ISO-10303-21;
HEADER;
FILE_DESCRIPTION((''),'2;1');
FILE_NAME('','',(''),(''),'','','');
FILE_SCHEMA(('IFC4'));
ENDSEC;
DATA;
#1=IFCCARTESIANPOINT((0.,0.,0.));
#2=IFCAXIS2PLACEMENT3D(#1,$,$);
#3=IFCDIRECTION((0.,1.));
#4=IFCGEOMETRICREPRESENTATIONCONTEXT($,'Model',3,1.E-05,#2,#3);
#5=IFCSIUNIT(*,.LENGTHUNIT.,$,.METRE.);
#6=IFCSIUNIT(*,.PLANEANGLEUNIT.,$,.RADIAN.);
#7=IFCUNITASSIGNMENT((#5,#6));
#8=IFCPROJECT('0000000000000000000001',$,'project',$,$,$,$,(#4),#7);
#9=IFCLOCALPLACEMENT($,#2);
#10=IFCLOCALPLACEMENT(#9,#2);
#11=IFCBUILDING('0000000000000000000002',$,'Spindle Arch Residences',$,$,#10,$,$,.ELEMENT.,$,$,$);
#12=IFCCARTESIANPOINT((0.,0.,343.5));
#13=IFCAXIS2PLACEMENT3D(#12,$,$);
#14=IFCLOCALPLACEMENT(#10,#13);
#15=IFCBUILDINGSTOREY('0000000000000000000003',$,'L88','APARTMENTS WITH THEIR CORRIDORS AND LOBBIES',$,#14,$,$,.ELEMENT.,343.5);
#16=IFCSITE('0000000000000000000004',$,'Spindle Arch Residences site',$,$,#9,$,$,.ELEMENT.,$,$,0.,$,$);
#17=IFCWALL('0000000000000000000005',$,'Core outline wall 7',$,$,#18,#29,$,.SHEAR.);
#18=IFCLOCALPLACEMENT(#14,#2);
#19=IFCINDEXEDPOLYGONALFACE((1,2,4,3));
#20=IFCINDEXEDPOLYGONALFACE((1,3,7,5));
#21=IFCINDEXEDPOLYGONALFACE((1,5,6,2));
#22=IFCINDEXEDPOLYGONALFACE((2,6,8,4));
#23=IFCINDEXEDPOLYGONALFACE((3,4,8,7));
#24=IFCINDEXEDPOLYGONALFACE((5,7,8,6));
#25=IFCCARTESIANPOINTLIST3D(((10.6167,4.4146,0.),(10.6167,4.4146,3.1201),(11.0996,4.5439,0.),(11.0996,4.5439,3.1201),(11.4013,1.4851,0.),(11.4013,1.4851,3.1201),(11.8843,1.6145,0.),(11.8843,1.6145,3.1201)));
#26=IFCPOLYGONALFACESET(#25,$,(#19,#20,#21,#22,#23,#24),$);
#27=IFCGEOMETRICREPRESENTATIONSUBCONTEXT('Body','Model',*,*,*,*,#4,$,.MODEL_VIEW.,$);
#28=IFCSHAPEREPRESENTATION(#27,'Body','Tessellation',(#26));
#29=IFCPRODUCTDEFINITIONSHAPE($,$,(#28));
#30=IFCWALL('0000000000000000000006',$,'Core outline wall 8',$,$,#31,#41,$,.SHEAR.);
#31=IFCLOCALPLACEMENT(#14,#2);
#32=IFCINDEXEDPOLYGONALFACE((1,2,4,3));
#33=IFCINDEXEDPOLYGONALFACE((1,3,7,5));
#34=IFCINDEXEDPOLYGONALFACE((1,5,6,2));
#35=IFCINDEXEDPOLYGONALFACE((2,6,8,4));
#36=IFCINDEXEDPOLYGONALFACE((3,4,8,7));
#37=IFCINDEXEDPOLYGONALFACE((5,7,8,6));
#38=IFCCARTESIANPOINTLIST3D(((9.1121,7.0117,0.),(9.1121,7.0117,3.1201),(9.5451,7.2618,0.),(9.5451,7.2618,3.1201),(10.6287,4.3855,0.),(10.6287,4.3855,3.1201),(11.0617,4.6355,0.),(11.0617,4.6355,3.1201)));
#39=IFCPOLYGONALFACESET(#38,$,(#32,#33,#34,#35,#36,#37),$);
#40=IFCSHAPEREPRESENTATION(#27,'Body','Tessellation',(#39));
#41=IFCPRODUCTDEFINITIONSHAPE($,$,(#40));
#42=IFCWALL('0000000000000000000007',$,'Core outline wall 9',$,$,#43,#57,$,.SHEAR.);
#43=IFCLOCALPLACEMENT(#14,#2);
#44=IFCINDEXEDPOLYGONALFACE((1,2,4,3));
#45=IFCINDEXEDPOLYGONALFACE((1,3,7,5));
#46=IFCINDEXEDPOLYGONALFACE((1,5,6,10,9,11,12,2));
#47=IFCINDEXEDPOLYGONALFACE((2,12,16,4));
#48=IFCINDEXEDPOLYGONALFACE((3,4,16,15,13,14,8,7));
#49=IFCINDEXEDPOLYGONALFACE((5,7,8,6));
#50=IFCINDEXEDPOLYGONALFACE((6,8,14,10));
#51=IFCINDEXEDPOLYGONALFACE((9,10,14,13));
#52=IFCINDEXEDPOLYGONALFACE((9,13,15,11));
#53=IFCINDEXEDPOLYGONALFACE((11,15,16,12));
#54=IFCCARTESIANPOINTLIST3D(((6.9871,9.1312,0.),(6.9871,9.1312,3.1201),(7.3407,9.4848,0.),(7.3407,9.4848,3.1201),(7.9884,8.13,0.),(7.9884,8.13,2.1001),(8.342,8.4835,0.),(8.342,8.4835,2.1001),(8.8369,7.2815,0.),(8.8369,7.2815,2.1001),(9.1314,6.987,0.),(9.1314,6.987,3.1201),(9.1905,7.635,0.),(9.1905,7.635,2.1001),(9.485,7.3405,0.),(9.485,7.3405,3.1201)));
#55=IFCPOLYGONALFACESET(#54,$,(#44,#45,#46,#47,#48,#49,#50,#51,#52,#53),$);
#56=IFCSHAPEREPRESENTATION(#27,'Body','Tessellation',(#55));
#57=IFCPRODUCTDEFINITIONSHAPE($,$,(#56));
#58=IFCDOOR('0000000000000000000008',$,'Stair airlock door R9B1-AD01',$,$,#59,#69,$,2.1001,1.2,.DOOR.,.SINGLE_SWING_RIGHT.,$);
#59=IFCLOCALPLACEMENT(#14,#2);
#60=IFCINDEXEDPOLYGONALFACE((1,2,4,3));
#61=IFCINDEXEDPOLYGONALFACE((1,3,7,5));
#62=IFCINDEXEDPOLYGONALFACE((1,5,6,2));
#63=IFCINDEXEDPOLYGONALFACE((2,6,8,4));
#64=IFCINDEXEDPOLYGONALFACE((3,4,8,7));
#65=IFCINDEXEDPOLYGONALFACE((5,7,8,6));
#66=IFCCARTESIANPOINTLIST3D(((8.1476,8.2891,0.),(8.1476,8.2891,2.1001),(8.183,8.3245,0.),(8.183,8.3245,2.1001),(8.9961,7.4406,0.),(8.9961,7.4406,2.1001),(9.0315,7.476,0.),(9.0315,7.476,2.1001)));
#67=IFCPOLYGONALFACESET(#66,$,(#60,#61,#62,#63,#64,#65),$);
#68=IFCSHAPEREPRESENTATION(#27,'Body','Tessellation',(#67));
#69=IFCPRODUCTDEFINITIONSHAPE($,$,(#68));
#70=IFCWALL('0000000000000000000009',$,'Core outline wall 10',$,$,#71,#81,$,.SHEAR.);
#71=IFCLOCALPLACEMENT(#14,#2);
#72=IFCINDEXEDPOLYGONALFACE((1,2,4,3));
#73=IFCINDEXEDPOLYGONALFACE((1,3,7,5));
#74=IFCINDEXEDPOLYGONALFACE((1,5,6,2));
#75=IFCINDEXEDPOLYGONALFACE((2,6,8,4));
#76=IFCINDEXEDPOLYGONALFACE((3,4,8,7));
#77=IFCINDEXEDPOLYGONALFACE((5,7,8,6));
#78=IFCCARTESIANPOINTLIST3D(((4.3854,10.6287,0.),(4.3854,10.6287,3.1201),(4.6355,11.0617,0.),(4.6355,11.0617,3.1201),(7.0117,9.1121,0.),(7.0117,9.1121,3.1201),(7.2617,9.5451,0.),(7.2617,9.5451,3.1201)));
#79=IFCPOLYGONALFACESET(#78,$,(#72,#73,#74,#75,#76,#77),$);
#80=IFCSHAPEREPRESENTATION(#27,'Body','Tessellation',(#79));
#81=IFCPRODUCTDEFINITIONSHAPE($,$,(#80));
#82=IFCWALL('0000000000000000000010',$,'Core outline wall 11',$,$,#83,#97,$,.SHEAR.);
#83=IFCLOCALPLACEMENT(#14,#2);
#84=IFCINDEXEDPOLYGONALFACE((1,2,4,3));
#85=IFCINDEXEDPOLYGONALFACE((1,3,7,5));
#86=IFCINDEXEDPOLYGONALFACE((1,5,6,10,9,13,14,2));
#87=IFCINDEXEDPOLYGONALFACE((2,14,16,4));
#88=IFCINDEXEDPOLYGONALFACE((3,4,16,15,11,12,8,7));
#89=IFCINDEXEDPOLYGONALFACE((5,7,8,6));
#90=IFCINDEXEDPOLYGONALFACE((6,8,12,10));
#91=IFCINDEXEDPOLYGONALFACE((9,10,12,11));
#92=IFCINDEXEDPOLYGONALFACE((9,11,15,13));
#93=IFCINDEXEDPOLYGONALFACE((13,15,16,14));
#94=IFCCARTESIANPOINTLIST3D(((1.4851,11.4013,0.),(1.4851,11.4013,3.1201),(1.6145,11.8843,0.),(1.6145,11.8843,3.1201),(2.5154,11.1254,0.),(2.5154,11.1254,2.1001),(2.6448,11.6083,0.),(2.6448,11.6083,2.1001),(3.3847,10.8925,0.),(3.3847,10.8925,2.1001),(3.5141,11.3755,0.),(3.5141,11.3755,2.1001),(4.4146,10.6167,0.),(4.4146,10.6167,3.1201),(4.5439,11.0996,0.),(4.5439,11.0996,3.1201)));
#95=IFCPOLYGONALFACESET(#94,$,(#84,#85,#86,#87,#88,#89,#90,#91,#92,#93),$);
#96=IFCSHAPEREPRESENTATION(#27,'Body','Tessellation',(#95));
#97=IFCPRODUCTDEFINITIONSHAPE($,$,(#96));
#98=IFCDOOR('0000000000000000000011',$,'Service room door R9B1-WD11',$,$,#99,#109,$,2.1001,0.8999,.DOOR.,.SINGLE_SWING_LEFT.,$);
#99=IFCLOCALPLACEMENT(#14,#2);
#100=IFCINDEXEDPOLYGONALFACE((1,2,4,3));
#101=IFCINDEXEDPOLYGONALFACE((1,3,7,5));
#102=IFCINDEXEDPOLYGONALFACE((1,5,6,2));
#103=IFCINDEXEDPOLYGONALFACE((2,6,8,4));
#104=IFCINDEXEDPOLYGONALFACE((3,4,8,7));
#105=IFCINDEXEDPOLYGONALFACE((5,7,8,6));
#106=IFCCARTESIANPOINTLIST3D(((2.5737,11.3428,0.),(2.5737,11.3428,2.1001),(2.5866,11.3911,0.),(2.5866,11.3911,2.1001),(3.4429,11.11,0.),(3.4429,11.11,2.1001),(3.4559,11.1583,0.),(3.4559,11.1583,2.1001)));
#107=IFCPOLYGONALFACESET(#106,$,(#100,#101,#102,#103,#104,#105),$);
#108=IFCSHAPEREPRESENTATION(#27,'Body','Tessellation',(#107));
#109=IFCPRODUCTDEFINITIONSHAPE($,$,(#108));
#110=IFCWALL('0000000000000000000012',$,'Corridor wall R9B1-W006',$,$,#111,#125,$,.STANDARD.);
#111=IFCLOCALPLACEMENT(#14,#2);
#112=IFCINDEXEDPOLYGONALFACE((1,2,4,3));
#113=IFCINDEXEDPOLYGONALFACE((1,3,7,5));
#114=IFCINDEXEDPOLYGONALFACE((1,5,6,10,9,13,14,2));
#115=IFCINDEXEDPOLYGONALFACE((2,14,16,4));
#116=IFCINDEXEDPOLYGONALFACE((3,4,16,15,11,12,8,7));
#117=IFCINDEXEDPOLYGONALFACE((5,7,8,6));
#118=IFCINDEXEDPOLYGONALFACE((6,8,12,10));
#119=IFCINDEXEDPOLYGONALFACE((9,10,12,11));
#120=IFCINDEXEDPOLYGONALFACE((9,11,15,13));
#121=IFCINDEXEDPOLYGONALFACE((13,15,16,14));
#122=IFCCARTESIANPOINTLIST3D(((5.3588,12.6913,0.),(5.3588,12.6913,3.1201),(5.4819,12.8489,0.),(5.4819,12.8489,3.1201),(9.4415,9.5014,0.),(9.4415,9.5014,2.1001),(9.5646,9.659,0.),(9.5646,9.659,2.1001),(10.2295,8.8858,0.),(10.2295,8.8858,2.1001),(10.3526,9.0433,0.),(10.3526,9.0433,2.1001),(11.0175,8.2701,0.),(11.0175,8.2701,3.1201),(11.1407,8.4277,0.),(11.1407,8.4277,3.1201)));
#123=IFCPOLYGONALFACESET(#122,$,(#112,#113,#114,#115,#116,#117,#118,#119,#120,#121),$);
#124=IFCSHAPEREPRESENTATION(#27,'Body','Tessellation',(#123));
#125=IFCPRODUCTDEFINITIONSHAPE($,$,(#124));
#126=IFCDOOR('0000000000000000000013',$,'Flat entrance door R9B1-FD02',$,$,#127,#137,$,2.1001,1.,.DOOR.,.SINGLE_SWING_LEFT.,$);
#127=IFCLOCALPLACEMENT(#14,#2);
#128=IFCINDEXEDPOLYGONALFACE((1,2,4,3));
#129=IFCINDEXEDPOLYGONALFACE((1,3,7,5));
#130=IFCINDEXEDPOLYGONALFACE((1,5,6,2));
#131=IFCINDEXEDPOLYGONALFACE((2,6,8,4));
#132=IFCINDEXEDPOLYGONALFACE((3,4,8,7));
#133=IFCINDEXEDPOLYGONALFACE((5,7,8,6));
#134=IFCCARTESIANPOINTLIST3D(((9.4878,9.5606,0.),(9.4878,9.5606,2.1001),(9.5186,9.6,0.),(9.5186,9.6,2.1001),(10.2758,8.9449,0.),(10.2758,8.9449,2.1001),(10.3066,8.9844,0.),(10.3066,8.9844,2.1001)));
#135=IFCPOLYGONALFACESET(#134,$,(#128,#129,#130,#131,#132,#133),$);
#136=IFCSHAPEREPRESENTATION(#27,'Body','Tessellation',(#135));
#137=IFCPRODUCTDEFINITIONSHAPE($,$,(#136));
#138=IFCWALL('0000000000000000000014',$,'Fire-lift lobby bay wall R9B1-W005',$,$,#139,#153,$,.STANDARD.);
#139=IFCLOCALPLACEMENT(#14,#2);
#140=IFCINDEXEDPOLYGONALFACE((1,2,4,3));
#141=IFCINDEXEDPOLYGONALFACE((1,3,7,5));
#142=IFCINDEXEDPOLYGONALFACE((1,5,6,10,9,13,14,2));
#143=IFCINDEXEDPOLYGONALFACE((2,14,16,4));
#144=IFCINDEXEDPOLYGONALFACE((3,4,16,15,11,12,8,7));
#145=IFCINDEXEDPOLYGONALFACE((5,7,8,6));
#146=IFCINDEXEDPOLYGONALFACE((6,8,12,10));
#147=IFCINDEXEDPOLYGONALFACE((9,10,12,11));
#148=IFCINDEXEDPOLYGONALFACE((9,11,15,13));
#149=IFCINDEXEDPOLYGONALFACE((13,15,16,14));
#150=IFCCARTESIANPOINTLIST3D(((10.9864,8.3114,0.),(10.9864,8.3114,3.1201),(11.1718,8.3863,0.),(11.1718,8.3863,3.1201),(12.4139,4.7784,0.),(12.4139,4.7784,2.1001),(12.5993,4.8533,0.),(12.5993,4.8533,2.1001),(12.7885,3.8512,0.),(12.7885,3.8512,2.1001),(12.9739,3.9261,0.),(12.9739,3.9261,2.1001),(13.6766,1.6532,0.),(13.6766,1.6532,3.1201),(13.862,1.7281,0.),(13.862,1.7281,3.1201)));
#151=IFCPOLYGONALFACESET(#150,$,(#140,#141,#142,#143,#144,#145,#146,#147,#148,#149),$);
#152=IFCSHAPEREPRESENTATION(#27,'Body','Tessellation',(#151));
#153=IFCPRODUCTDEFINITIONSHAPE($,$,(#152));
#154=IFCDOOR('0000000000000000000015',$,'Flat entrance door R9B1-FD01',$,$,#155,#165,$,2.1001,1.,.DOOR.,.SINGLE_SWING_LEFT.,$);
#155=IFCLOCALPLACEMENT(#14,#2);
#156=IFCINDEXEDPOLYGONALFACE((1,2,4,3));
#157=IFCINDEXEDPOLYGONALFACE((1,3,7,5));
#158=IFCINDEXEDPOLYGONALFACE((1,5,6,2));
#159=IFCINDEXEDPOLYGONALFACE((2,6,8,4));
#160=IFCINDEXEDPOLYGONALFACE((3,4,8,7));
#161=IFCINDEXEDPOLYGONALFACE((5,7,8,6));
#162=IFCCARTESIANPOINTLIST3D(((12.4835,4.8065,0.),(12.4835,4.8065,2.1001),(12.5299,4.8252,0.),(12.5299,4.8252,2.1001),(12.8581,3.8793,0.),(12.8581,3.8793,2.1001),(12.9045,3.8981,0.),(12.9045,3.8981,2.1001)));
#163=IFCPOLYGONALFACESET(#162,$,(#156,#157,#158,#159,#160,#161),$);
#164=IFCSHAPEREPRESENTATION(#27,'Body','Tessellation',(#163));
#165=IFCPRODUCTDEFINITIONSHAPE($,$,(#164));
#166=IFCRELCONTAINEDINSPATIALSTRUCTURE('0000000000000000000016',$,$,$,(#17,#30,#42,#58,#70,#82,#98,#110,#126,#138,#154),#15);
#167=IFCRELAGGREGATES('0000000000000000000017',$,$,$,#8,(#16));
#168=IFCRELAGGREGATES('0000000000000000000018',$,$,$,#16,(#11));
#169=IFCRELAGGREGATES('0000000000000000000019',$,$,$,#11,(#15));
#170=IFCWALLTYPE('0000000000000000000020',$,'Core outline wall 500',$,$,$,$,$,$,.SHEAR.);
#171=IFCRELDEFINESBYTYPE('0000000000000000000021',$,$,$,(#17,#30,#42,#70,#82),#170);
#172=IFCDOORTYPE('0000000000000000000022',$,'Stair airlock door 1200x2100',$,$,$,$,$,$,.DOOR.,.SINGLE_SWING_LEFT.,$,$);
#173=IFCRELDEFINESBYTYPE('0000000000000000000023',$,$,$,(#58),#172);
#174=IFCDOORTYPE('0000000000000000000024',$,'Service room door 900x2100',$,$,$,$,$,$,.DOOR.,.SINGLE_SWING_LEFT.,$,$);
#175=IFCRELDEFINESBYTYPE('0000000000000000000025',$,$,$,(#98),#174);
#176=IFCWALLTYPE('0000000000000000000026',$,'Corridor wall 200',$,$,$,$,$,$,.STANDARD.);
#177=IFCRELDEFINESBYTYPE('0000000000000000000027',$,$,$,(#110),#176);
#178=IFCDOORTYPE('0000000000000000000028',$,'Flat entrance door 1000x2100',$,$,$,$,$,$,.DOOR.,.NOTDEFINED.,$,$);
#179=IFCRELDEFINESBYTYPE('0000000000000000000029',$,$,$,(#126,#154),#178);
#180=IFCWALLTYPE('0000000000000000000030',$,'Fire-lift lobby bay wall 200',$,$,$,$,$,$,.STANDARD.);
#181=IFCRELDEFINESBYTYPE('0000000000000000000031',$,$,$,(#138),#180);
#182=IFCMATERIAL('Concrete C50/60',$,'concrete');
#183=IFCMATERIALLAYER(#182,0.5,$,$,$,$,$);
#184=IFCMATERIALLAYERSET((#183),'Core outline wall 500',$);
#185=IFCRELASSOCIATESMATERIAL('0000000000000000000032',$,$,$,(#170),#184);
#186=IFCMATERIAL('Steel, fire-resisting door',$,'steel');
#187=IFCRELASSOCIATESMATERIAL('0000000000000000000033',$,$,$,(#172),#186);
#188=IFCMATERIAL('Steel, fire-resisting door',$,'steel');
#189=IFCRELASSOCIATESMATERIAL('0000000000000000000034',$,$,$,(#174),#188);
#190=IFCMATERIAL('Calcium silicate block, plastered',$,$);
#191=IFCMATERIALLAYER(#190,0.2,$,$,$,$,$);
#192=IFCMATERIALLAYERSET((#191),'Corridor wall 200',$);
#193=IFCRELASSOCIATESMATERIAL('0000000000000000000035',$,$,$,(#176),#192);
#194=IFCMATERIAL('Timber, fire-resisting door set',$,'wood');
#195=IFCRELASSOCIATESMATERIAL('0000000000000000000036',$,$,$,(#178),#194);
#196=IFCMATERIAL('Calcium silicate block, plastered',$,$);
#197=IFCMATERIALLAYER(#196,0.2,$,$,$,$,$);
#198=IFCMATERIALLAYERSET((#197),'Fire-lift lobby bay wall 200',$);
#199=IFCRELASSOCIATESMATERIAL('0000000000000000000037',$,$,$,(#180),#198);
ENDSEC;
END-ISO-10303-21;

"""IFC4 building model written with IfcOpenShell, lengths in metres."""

from ifc_helpers import new_model, si_unit, direction, frame, frame_2d, origin, place, context, subcontext, project, spatial, rectangle, extrude, material, layer, layer_set, type_object, element, fill, save


model = new_model("IFC4")

# Units and contexts
model_context = context("Model", 3, precision=1e-05, world=origin(), true_north=direction((0.0, 1.0)))
body_context = subcontext(model_context, "Body", "Model", "MODEL_VIEW")
ifc_project = project(units=[si_unit("LENGTHUNIT", "METRE"), si_unit("PLANEANGLEUNIT", "RADIAN")], contexts=[model_context])

# Site, building, storey
site_placement = place(None, origin())
site = spatial("IfcSite", under=ifc_project, at=site_placement, Name="Spindle Arch Residences site", CompositionType="ELEMENT", RefElevation=0.0)
building_placement = place(site_placement, origin())
building = spatial("IfcBuilding", under=site, at=building_placement, Name="Spindle Arch Residences", CompositionType="ELEMENT")
storey_placement = place(building_placement, frame((0.0, 0.0, 343.5)))
storey = spatial("IfcBuildingStorey", under=building, at=storey_placement, Name="L88", Description="APARTMENTS WITH THEIR CORRIDORS AND LOBBIES", CompositionType="ELEMENT", Elevation=343.5)

# Walls
ifc_material_1 = material(Name="Concrete C50/60", Category="concrete")
ifc_layer_1 = layer(ifc_material_1, 0.5)
ifc_layer_set_1 = layer_set([ifc_layer_1], Name="Core outline wall 500")
wall_type_1 = type_object("IfcWallType", Name="Core outline wall 500", PredefinedType="SHEAR", material=ifc_layer_set_1)
for number, where, z_axis, x_axis, name in (
    (1, (11.6428, 1.5498, 0.0), (0.0, 0.0, 1.0), (-0.258735, 0.965948, 0.0), "Core outline wall 7"),
    (2, (10.8452, 4.5105, 0.0), (0.0, 0.0, 1.0), (-0.500087, 0.865975, 0.0), "Core outline wall 8"),
):
    element("IfcWall", number, at=place(storey_placement, frame(where, z_axis=z_axis, x_axis=x_axis)), inside=storey, type_object=wall_type_1, Name=name, PredefinedType="SHEAR", context=body_context, shape_type="SweptSolid", body=[
        extrude(rectangle(XDim=3.0327, YDim=0.5, at=frame_2d((1.5164, 0.0))), origin(), (0.0, 0.0, 1.0), 3.1201),
    ])

# Wall, opening, door
wall_1_placement = place(storey_placement, frame((9.3081, 7.1638, 0.0), z_axis=(0.0, 0.0, 1.0), x_axis=(-0.707107, 0.707107, 0.0)))
wall_1 = element("IfcWall", 3, at=wall_1_placement, inside=storey, type_object=wall_type_1, Name="Core outline wall 9", PredefinedType="SHEAR", context=body_context, shape_type="SweptSolid", body=[
    extrude(rectangle(XDim=3.0325, YDim=0.5, at=frame_2d((1.5161, 0.0))), origin(), (0.0, 0.0, 1.0), 3.1201),
])
opening_1_placement = place(wall_1_placement, frame((0.4163, 0.0, 0.0)))
opening_1 = element("IfcOpeningElement", 4, at=opening_1_placement, cuts=wall_1, PredefinedType="OPENING", context=body_context, shape_type="SweptSolid", body=[
    extrude(rectangle(XDim=1.2, YDim=2.1001, at=frame_2d((0.6001, 1.05))), frame((0.0, 0.26, 0.0), z_axis=(0.0, -1.0, 0.0), x_axis=(1.0, 0.0, 0.0)), (0.0, 0.0, 1.0), 0.52),
])
ifc_material_2 = material(Name="Steel, fire-resisting door", Category="steel")
door_type_1 = type_object("IfcDoorType", Name="Stair airlock door 1200x2100", OperationType="SINGLE_SWING_LEFT", PredefinedType="DOOR", material=ifc_material_2)
door_1_placement = place(opening_1_placement, origin())
door_1 = element("IfcDoor", 5, at=door_1_placement, inside=storey, type_object=door_type_1, Name="Stair airlock door R9B1-AD01", OperationType="SINGLE_SWING_RIGHT", OverallHeight=2.1001, OverallWidth=1.2, PredefinedType="DOOR", context=body_context, shape_type="SweptSolid", body=[
    extrude(rectangle(XDim=1.2, YDim=2.1001, at=frame_2d((0.6001, 1.05))), frame((0.0, 0.0249, 0.0), z_axis=(0.0, -1.0, 0.0), x_axis=(1.0, 0.0, 0.0)), (0.0, 0.0, 1.0), 0.05),
])
fill(opening_1, door_1)

# Wall
wall_2_placement = place(storey_placement, frame((7.1367, 9.3286, 0.0), z_axis=(0.0, 0.0, 1.0), x_axis=(-0.865975, 0.500087, 0.0)))
element("IfcWall", 6, at=wall_2_placement, inside=storey, type_object=wall_type_1, Name="Core outline wall 10", PredefinedType="SHEAR", context=body_context, shape_type="SweptSolid", body=[
    extrude(rectangle(XDim=3.0327, YDim=0.5, at=frame_2d((1.5164, 0.0))), origin(), (0.0, 0.0, 1.0), 3.1201),
])

# Walls, openings, doors
wall_3_placement = place(storey_placement, frame((4.4792, 10.8582, 0.0), z_axis=(0.0, 0.0, 1.0), x_axis=(-0.965948, 0.258735, 0.0)))
wall_3 = element("IfcWall", 7, at=wall_3_placement, inside=storey, type_object=wall_type_1, Name="Core outline wall 11", PredefinedType="SHEAR", context=body_context, shape_type="SweptSolid", body=[
    extrude(rectangle(XDim=3.0327, YDim=0.5, at=frame_2d((1.5164, 0.0))), origin(), (0.0, 0.0, 1.0), 3.1201),
])
opening_2_placement = place(wall_3_placement, frame((1.0662, 0.0, 0.0)))
opening_2 = element("IfcOpeningElement", 8, at=opening_2_placement, cuts=wall_3, PredefinedType="OPENING", context=body_context, shape_type="SweptSolid", body=[
    extrude(rectangle(XDim=0.8999, YDim=2.1001, at=frame_2d((0.45, 1.05))), frame((0.0, 0.26, 0.0), z_axis=(0.0, -1.0, 0.0), x_axis=(1.0, 0.0, 0.0)), (0.0, 0.0, 1.0), 0.52),
])
ifc_material_3 = material(Name="Steel, fire-resisting door", Category="steel")
door_type_2 = type_object("IfcDoorType", Name="Service room door 900x2100", OperationType="SINGLE_SWING_LEFT", PredefinedType="DOOR", material=ifc_material_3)
door_2_placement = place(opening_2_placement, origin())
door_2 = element("IfcDoor", 9, at=door_2_placement, inside=storey, type_object=door_type_2, Name="Service room door R9B1-WD11", OperationType="SINGLE_SWING_LEFT", OverallHeight=2.1001, OverallWidth=0.8999, PredefinedType="DOOR", context=body_context, shape_type="SweptSolid", body=[
    extrude(rectangle(XDim=0.8999, YDim=2.1001, at=frame_2d((0.45, 1.05))), frame((0.0, 0.0249, 0.0), z_axis=(0.0, -1.0, 0.0), x_axis=(1.0, 0.0, 0.0)), (0.0, 0.0, 1.0), 0.05),
])
fill(opening_2, door_2)
ifc_material_4 = material(Name="Calcium silicate block, plastered")
ifc_layer_2 = layer(ifc_material_4, 0.2)
ifc_layer_set_2 = layer_set([ifc_layer_2], Name="Corridor wall 200")
wall_type_2 = type_object("IfcWallType", Name="Corridor wall 200", PredefinedType="STANDARD", material=ifc_layer_set_2)
wall_4_placement = place(storey_placement, frame((11.0791, 8.3489, 0.0), z_axis=(0.0, 0.0, 1.0), x_axis=(-0.788005, 0.615669, 0.0)))
wall_4 = element("IfcWall", 10, at=wall_4_placement, inside=storey, type_object=wall_type_2, Name="Corridor wall R9B1-W006", PredefinedType="STANDARD", context=body_context, shape_type="SweptSolid", body=[
    extrude(rectangle(XDim=7.1812, YDim=0.2, at=frame_2d((3.5906, 0.0))), origin(), (0.0, 0.0, 1.0), 3.1201),
])
opening_3_placement = place(wall_4_placement, frame((1.0, 0.0, 0.0)))
opening_3 = element("IfcOpeningElement", 11, at=opening_3_placement, cuts=wall_4, PredefinedType="OPENING", context=body_context, shape_type="SweptSolid", body=[
    extrude(rectangle(XDim=1.0, YDim=2.1001, at=frame_2d((0.5, 1.05))), frame((0.0, 0.1099, 0.0), z_axis=(0.0, -1.0, 0.0), x_axis=(1.0, 0.0, 0.0)), (0.0, 0.0, 1.0), 0.22),
])
ifc_material_5 = material(Name="Timber, fire-resisting door set", Category="wood")
door_type_3 = type_object("IfcDoorType", Name="Flat entrance door 1000x2100", OperationType="NOTDEFINED", PredefinedType="DOOR", material=ifc_material_5)
door_3_placement = place(opening_3_placement, origin())
door_3 = element("IfcDoor", 12, at=door_3_placement, inside=storey, type_object=door_type_3, Name="Flat entrance door R9B1-FD02", OperationType="SINGLE_SWING_LEFT", OverallHeight=2.1001, OverallWidth=1.0, PredefinedType="DOOR", context=body_context, shape_type="SweptSolid", body=[
    extrude(rectangle(XDim=1.0, YDim=2.1001, at=frame_2d((0.5, 1.05))), frame((0.0, 0.0249, 0.0), z_axis=(0.0, -1.0, 0.0), x_axis=(1.0, 0.0, 0.0)), (0.0, 0.0, 1.0), 0.05),
])
fill(opening_3, door_3)
ifc_material_6 = material(Name="Calcium silicate block, plastered")
ifc_layer_3 = layer(ifc_material_6, 0.2)
ifc_layer_set_3 = layer_set([ifc_layer_3], Name="Fire-lift lobby bay wall 200")
wall_type_3 = type_object("IfcWallType", Name="Fire-lift lobby bay wall 200", PredefinedType="STANDARD", material=ifc_layer_set_3)
wall_5_placement = place(storey_placement, frame((13.7693, 1.6907, 0.0), z_axis=(0.0, 0.0, 1.0), x_axis=(-0.374618, 0.927179, 0.0)))
wall_5 = element("IfcWall", 13, at=wall_5_placement, inside=storey, type_object=wall_type_3, Name="Fire-lift lobby bay wall R9B1-W005", PredefinedType="STANDARD", context=body_context, shape_type="SweptSolid", body=[
    extrude(rectangle(XDim=7.1812, YDim=0.2, at=frame_2d((3.5906, 0.0))), origin(), (0.0, 0.0, 1.0), 3.1201),
])
opening_4_placement = place(wall_5_placement, frame((2.3706, 0.0, 0.0)))
opening_4 = element("IfcOpeningElement", 14, at=opening_4_placement, cuts=wall_5, PredefinedType="OPENING", context=body_context, shape_type="SweptSolid", body=[
    extrude(rectangle(XDim=1.0, YDim=2.1001, at=frame_2d((0.5, 1.05))), frame((0.0, 0.1099, 0.0), z_axis=(0.0, -1.0, 0.0), x_axis=(1.0, 0.0, 0.0)), (0.0, 0.0, 1.0), 0.22),
])
door_4_placement = place(opening_4_placement, origin())
door_4 = element("IfcDoor", 15, at=door_4_placement, inside=storey, type_object=door_type_3, Name="Flat entrance door R9B1-FD01", OperationType="SINGLE_SWING_LEFT", OverallHeight=2.1001, OverallWidth=1.0, PredefinedType="DOOR", context=body_context, shape_type="SweptSolid", body=[
    extrude(rectangle(XDim=1.0, YDim=2.1001, at=frame_2d((0.5, 1.05))), frame((0.0, 0.0249, 0.0), z_axis=(0.0, -1.0, 0.0), x_axis=(1.0, 0.0, 0.0)), (0.0, 0.0, 1.0), 0.05),
])
fill(opening_4, door_4)

save(model, "model.ifc")
